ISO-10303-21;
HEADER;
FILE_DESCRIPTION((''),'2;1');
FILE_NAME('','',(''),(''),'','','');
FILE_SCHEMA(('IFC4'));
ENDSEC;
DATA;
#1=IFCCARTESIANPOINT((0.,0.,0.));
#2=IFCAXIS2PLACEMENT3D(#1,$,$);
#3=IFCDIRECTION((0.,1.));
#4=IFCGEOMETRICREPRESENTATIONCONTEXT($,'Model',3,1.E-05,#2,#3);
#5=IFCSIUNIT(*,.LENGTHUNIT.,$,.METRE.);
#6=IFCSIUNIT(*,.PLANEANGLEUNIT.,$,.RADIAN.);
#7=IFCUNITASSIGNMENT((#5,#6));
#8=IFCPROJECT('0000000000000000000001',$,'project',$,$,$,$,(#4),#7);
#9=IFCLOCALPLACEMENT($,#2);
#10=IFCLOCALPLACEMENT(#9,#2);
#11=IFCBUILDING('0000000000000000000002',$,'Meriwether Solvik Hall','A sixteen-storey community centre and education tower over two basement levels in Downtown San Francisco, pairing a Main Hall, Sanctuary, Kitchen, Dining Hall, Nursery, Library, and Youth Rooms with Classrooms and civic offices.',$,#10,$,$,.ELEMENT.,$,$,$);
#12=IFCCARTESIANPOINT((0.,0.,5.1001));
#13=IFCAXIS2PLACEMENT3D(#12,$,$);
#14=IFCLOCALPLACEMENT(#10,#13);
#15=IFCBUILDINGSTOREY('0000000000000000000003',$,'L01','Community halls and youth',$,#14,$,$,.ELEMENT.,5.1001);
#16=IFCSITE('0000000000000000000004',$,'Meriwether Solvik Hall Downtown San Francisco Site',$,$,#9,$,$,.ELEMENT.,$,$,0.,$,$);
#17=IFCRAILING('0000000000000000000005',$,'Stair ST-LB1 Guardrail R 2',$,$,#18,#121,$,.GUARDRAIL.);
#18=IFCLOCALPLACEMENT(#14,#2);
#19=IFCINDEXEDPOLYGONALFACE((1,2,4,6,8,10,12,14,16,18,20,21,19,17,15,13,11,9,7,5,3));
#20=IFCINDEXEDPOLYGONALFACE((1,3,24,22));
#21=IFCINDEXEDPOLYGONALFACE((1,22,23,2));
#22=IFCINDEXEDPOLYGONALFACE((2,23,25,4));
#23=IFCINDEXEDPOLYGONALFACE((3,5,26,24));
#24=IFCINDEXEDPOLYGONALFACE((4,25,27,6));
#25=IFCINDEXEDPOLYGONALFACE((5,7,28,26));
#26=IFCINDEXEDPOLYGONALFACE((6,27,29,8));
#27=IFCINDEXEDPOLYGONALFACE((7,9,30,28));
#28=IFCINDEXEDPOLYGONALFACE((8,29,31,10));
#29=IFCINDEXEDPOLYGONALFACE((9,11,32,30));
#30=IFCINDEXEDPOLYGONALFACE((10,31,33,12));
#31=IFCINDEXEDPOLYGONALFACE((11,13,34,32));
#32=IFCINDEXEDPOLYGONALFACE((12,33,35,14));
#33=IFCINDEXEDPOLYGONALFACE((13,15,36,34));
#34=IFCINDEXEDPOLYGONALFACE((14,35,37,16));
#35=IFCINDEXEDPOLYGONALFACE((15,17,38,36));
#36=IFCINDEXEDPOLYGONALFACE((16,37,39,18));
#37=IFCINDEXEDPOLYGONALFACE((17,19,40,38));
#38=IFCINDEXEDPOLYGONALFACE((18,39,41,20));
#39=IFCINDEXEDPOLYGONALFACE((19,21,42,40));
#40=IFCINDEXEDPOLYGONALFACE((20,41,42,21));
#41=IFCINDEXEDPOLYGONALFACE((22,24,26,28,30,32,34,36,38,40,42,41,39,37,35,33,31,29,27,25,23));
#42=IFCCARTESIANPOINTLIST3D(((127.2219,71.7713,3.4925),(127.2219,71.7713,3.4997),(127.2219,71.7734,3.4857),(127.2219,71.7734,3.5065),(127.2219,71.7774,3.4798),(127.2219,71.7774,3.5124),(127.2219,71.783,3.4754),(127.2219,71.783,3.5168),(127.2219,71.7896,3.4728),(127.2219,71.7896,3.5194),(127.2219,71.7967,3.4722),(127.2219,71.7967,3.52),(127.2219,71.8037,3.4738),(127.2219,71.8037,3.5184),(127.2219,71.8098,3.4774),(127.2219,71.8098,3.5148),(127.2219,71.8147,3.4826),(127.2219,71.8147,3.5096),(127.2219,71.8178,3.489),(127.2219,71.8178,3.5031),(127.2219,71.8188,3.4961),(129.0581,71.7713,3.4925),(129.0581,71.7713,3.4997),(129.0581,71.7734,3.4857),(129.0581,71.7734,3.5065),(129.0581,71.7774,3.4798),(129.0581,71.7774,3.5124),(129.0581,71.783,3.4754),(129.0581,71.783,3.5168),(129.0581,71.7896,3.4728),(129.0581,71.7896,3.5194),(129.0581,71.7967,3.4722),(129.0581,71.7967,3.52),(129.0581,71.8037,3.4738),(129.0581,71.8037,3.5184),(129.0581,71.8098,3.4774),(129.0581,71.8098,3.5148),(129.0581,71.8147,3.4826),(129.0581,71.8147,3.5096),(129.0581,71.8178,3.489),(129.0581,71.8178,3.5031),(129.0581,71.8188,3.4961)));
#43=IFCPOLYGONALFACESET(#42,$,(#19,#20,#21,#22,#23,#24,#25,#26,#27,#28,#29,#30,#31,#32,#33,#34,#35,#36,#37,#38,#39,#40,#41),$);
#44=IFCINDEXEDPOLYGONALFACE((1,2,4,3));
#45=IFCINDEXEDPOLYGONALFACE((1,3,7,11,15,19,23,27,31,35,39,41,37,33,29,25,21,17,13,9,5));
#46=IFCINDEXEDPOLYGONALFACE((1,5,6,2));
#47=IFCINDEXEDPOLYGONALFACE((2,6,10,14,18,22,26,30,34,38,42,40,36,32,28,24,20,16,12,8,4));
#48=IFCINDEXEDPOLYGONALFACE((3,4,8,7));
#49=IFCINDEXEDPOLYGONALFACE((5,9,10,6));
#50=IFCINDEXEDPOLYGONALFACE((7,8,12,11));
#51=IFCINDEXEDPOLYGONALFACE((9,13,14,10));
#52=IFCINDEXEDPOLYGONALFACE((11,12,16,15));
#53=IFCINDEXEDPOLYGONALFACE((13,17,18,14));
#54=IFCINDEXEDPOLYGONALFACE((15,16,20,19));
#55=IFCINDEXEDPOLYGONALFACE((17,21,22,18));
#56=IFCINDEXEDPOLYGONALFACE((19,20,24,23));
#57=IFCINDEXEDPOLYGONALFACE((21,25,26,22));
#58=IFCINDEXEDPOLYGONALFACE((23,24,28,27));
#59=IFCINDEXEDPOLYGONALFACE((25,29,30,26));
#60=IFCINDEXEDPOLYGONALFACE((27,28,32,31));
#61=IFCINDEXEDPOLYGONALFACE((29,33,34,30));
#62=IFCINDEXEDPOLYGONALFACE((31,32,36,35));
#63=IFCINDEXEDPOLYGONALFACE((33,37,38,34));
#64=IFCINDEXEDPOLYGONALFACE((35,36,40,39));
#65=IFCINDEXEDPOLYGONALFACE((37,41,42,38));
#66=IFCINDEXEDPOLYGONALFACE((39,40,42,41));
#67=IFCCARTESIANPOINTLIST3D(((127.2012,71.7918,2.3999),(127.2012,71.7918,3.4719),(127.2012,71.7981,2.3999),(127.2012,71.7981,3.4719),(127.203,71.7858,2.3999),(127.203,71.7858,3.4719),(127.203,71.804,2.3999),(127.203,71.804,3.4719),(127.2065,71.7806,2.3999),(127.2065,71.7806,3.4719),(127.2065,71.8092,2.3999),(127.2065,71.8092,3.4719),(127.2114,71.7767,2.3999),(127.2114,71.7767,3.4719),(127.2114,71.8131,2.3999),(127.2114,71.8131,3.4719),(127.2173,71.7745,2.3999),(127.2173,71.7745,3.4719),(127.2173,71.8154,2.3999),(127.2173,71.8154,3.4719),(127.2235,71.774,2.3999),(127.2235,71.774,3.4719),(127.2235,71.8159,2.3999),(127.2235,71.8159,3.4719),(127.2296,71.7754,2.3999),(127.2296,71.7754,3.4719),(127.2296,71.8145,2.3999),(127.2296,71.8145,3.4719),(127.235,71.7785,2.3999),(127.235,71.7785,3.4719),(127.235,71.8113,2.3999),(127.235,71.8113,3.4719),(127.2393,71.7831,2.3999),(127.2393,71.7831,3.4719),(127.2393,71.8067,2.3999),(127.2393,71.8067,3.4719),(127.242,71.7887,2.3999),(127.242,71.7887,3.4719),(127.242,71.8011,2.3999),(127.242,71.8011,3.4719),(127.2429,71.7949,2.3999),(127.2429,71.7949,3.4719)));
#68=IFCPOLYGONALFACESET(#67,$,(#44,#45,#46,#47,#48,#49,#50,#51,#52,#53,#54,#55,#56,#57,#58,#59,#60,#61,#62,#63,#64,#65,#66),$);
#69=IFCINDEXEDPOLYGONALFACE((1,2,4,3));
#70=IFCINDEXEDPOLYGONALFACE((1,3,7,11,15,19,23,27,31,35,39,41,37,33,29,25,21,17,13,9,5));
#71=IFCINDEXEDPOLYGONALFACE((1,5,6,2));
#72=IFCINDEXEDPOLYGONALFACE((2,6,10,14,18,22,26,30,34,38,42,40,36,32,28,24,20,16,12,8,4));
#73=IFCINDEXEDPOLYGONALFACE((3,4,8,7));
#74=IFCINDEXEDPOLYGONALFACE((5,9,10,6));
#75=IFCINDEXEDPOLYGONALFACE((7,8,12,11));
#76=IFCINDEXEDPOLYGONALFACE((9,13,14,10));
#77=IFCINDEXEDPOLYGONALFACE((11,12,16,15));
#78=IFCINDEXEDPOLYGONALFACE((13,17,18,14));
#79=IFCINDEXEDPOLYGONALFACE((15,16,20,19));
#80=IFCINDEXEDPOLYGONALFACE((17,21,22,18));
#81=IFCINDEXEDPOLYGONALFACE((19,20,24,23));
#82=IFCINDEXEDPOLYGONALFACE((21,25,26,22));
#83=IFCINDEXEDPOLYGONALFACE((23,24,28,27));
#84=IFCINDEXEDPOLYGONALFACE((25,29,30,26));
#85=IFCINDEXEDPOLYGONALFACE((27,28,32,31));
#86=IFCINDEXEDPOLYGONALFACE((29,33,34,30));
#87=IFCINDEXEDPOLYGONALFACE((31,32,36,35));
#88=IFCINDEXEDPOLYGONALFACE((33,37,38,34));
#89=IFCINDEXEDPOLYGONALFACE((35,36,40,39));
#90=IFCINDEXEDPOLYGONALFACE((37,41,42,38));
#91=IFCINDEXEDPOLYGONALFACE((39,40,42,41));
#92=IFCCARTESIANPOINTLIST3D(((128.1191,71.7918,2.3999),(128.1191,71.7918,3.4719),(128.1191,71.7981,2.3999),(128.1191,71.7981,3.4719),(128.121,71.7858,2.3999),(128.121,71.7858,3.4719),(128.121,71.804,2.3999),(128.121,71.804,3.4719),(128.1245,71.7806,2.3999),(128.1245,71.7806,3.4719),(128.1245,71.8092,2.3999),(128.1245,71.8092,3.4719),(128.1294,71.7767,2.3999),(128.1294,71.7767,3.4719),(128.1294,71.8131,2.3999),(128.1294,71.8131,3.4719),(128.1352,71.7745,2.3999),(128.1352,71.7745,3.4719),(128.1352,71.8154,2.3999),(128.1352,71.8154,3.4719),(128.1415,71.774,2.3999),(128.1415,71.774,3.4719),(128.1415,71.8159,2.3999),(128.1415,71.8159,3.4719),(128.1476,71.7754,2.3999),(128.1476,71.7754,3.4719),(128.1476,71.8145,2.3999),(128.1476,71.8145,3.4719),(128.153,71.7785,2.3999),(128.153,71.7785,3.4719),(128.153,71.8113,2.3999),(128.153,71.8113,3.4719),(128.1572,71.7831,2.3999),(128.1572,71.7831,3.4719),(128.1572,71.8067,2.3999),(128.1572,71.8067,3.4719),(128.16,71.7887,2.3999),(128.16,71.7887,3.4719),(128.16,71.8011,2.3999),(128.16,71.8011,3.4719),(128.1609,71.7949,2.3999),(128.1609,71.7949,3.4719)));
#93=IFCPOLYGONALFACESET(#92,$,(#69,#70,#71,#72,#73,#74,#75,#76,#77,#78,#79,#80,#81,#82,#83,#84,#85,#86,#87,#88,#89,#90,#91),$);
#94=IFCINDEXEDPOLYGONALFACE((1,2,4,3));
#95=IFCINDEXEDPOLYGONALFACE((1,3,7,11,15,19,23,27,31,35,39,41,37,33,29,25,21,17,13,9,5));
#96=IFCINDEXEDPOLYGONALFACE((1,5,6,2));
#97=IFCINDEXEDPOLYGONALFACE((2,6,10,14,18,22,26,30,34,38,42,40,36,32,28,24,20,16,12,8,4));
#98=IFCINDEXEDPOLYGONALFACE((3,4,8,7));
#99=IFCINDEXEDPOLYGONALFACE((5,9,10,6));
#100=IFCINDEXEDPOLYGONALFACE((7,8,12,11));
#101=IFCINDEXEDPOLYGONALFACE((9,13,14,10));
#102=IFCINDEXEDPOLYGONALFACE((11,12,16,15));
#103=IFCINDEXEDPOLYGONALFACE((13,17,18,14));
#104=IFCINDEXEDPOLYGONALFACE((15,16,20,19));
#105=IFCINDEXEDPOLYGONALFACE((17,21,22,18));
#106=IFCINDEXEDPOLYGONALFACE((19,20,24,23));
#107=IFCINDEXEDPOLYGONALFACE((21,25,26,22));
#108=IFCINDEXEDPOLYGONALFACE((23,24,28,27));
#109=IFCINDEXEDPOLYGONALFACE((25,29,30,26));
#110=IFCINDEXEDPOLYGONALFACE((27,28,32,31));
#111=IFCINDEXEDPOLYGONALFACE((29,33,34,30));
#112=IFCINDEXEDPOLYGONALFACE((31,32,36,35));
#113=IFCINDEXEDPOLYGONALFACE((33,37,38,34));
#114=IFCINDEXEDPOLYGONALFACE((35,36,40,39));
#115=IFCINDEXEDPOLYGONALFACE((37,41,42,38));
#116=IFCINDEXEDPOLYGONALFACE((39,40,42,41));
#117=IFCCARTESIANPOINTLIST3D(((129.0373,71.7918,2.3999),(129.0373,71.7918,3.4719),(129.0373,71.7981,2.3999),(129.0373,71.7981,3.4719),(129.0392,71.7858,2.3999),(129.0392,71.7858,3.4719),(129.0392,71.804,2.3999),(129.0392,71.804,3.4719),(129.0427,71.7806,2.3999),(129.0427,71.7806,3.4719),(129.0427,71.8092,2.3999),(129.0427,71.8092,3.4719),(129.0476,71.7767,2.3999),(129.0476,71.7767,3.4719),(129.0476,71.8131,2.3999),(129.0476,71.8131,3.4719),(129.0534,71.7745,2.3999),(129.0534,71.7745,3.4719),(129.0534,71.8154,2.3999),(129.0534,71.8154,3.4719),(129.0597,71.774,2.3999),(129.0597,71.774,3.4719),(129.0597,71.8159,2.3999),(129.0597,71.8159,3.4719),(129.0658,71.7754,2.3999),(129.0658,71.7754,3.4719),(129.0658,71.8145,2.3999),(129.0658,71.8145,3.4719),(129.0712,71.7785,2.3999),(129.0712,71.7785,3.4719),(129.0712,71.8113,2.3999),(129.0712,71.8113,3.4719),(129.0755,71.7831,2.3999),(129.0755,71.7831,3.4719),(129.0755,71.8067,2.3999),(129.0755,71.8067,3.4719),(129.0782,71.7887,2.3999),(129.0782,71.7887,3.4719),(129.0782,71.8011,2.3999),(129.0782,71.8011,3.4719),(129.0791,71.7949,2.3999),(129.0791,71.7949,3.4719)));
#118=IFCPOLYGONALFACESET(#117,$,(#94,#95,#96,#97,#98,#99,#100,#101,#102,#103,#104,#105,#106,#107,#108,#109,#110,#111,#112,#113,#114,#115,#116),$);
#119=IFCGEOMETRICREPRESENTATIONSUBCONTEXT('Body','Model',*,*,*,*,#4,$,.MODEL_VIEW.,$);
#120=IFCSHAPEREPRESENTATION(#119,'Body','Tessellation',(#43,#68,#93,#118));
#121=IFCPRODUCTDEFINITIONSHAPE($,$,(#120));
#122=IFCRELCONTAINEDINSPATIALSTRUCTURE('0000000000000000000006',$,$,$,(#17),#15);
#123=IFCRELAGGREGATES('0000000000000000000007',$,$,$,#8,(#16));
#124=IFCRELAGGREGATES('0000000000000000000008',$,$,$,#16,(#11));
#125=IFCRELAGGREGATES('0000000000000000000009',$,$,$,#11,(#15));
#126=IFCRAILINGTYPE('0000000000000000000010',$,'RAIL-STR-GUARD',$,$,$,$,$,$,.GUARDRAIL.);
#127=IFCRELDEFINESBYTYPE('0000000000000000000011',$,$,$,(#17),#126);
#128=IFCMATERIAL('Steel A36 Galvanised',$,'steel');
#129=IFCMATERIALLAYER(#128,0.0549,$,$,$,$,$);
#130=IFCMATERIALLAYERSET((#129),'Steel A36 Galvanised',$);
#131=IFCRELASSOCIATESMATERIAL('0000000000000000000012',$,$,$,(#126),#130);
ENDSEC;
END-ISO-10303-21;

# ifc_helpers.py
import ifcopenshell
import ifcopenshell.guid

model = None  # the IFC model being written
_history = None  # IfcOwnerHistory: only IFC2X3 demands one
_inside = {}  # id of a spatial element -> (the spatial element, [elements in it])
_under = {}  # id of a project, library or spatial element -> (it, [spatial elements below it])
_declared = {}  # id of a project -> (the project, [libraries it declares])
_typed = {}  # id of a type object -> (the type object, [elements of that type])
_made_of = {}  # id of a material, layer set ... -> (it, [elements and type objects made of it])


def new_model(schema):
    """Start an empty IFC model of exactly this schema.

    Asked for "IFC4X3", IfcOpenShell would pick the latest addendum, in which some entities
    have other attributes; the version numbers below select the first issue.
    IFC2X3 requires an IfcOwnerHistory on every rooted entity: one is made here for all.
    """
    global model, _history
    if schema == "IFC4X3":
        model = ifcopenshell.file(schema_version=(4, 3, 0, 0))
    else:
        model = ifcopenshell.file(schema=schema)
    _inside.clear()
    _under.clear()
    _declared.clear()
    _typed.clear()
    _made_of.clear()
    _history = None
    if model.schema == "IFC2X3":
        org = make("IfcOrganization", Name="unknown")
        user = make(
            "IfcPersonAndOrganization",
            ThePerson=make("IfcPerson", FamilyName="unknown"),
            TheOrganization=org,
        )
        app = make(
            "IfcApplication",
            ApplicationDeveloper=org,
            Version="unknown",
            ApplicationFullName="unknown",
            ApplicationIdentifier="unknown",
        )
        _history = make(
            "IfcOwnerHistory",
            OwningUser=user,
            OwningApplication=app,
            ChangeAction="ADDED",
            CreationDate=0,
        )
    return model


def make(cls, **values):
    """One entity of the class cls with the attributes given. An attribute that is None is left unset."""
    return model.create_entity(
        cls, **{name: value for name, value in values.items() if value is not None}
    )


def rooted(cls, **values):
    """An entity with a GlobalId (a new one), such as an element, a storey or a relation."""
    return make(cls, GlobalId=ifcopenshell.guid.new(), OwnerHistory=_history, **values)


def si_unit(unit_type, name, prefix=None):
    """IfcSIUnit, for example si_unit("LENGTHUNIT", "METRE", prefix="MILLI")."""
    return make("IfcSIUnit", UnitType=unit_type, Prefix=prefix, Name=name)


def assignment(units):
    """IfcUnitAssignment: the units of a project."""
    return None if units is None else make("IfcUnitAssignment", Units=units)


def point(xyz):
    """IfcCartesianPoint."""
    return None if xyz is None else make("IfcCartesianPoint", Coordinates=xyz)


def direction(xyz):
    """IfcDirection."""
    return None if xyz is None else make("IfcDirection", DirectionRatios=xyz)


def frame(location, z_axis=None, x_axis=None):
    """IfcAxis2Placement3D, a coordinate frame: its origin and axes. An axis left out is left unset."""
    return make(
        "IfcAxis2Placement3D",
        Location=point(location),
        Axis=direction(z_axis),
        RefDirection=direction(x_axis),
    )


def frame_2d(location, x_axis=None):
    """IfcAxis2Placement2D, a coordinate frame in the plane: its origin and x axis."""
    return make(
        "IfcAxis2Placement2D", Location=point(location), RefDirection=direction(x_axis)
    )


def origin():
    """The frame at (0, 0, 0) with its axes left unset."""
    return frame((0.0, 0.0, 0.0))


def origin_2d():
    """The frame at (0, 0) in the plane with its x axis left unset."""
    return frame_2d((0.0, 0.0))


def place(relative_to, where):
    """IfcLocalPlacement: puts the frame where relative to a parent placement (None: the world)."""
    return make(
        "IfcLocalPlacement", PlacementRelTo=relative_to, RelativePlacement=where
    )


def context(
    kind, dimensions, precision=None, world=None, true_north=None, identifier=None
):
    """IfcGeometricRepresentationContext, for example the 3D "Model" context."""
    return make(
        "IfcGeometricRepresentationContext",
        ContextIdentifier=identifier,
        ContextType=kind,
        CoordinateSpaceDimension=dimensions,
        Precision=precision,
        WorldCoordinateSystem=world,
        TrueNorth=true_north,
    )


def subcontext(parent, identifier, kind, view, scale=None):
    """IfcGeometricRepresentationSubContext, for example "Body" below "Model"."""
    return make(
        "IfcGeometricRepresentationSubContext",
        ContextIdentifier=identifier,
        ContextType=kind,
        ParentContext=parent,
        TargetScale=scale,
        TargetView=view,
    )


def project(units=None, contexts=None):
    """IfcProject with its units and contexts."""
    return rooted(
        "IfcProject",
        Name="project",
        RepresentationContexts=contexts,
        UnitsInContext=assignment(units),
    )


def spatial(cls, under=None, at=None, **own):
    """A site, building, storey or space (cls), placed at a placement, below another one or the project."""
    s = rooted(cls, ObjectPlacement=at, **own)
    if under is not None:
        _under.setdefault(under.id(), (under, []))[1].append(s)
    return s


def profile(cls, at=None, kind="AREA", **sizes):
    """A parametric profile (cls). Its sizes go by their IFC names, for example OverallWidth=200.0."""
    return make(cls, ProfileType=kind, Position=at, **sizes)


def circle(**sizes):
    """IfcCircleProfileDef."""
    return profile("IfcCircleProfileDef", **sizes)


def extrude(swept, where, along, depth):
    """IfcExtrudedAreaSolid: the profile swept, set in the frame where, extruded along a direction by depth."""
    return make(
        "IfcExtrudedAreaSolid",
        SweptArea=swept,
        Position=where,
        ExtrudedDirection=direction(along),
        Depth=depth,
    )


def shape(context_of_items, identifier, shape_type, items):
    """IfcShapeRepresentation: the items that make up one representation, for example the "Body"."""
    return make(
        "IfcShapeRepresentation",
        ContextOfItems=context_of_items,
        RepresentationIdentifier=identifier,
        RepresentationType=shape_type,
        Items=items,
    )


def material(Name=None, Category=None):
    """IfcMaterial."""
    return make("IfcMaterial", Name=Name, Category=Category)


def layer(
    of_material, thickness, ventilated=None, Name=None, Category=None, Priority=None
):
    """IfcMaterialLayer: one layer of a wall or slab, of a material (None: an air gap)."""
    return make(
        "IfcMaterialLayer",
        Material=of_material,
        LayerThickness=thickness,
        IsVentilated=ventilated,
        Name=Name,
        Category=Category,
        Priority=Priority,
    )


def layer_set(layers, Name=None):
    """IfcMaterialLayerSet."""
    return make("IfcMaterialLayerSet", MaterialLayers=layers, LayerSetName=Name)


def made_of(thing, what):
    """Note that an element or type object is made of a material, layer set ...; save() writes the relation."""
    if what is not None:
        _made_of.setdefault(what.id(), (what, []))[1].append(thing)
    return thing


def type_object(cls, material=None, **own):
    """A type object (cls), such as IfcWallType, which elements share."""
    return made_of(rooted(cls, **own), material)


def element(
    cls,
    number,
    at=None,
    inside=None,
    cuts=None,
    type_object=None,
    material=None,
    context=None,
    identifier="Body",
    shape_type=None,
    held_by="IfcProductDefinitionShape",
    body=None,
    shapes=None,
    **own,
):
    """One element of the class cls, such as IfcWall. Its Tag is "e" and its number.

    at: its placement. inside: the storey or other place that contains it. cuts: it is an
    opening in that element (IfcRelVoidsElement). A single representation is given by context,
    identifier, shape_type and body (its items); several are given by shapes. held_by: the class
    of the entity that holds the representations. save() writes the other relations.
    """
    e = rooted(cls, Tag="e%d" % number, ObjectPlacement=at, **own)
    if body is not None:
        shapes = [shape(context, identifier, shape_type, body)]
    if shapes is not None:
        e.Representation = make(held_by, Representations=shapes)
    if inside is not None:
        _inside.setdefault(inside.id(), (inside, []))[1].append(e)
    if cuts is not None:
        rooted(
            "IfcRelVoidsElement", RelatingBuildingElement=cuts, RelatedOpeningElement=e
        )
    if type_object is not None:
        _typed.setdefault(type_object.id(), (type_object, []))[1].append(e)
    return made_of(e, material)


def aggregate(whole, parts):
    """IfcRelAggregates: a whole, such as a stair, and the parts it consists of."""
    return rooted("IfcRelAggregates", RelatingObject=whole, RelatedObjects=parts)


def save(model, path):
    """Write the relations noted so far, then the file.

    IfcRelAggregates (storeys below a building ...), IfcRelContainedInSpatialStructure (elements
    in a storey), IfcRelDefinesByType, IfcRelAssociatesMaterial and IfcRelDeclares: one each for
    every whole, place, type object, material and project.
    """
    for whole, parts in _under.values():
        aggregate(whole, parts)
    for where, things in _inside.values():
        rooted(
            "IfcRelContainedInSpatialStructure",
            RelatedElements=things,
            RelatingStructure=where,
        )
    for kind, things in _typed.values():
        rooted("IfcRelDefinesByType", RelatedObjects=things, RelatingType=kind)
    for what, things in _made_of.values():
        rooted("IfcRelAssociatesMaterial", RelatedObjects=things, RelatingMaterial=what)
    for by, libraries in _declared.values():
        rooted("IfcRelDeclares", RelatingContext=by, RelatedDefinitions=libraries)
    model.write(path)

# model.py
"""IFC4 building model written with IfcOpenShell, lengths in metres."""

from ifc_helpers import new_model, si_unit, direction, frame, origin, origin_2d, place, context, subcontext, project, spatial, circle, extrude, material, layer, layer_set, type_object, element, save


model = new_model("IFC4")

# Units and contexts
model_context = context("Model", 3, precision=1e-05, world=origin(), true_north=direction((0.0, 1.0)))
body_context = subcontext(model_context, "Body", "Model", "MODEL_VIEW")
ifc_project = project(units=[si_unit("LENGTHUNIT", "METRE"), si_unit("PLANEANGLEUNIT", "RADIAN")], contexts=[model_context])

# Site, building, storey
site_placement = place(None, origin())
site = spatial("IfcSite", under=ifc_project, at=site_placement, Name="Meriwether Solvik Hall Downtown San Francisco Site", CompositionType="ELEMENT", RefElevation=0.0)
building_placement = place(site_placement, origin())
building = spatial("IfcBuilding", under=site, at=building_placement, Name="Meriwether Solvik Hall", Description="A sixteen-storey community centre and education tower over two basement levels in Downtown San Francisco, pairing a Main Hall, Sanctuary, Kitchen, Dining Hall, Nursery, Library, and Youth Rooms with Classrooms and civic offices.", CompositionType="ELEMENT")
storey_placement = place(building_placement, frame((0.0, 0.0, 5.1001)))
storey = spatial("IfcBuildingStorey", under=building, at=storey_placement, Name="L01", Description="Community halls and youth", CompositionType="ELEMENT", Elevation=5.1001)

# Railing
ifc_material_1 = material(Name="Steel A36 Galvanised", Category="steel")
ifc_layer_1 = layer(ifc_material_1, 0.0549)
ifc_layer_set_1 = layer_set([ifc_layer_1], Name="Steel A36 Galvanised")
railing_type_1 = type_object("IfcRailingType", Name="RAIL-STR-GUARD", PredefinedType="GUARDRAIL", material=ifc_layer_set_1)
railing_1_placement = place(storey_placement, frame((127.2219, 71.7949, 2.3999)))
element("IfcRailing", 1, at=railing_1_placement, inside=storey, type_object=railing_type_1, Name="Stair ST-LB1 Guardrail R 2", PredefinedType="GUARDRAIL", context=body_context, shape_type="SweptSolid", body=[
    extrude(circle(Radius=0.0239, at=origin_2d()), frame((0.0, 0.0, 1.0962), z_axis=(1.0, 0.0, 0.0), x_axis=(0.0, 1.0, 0.0)), (0.0, 0.0, 1.0), 1.8362),
    extrude(circle(Radius=0.021, at=origin_2d()), origin(), (0.0, 0.0, 1.0), 1.072),
    extrude(circle(Radius=0.021, at=origin_2d()), frame((0.918, 0.0, 0.0)), (0.0, 0.0, 1.0), 1.072),
    extrude(circle(Radius=0.021, at=origin_2d()), frame((1.8362, 0.0, 0.0)), (0.0, 0.0, 1.0), 1.072),
])

save(model, "model.ifc")
